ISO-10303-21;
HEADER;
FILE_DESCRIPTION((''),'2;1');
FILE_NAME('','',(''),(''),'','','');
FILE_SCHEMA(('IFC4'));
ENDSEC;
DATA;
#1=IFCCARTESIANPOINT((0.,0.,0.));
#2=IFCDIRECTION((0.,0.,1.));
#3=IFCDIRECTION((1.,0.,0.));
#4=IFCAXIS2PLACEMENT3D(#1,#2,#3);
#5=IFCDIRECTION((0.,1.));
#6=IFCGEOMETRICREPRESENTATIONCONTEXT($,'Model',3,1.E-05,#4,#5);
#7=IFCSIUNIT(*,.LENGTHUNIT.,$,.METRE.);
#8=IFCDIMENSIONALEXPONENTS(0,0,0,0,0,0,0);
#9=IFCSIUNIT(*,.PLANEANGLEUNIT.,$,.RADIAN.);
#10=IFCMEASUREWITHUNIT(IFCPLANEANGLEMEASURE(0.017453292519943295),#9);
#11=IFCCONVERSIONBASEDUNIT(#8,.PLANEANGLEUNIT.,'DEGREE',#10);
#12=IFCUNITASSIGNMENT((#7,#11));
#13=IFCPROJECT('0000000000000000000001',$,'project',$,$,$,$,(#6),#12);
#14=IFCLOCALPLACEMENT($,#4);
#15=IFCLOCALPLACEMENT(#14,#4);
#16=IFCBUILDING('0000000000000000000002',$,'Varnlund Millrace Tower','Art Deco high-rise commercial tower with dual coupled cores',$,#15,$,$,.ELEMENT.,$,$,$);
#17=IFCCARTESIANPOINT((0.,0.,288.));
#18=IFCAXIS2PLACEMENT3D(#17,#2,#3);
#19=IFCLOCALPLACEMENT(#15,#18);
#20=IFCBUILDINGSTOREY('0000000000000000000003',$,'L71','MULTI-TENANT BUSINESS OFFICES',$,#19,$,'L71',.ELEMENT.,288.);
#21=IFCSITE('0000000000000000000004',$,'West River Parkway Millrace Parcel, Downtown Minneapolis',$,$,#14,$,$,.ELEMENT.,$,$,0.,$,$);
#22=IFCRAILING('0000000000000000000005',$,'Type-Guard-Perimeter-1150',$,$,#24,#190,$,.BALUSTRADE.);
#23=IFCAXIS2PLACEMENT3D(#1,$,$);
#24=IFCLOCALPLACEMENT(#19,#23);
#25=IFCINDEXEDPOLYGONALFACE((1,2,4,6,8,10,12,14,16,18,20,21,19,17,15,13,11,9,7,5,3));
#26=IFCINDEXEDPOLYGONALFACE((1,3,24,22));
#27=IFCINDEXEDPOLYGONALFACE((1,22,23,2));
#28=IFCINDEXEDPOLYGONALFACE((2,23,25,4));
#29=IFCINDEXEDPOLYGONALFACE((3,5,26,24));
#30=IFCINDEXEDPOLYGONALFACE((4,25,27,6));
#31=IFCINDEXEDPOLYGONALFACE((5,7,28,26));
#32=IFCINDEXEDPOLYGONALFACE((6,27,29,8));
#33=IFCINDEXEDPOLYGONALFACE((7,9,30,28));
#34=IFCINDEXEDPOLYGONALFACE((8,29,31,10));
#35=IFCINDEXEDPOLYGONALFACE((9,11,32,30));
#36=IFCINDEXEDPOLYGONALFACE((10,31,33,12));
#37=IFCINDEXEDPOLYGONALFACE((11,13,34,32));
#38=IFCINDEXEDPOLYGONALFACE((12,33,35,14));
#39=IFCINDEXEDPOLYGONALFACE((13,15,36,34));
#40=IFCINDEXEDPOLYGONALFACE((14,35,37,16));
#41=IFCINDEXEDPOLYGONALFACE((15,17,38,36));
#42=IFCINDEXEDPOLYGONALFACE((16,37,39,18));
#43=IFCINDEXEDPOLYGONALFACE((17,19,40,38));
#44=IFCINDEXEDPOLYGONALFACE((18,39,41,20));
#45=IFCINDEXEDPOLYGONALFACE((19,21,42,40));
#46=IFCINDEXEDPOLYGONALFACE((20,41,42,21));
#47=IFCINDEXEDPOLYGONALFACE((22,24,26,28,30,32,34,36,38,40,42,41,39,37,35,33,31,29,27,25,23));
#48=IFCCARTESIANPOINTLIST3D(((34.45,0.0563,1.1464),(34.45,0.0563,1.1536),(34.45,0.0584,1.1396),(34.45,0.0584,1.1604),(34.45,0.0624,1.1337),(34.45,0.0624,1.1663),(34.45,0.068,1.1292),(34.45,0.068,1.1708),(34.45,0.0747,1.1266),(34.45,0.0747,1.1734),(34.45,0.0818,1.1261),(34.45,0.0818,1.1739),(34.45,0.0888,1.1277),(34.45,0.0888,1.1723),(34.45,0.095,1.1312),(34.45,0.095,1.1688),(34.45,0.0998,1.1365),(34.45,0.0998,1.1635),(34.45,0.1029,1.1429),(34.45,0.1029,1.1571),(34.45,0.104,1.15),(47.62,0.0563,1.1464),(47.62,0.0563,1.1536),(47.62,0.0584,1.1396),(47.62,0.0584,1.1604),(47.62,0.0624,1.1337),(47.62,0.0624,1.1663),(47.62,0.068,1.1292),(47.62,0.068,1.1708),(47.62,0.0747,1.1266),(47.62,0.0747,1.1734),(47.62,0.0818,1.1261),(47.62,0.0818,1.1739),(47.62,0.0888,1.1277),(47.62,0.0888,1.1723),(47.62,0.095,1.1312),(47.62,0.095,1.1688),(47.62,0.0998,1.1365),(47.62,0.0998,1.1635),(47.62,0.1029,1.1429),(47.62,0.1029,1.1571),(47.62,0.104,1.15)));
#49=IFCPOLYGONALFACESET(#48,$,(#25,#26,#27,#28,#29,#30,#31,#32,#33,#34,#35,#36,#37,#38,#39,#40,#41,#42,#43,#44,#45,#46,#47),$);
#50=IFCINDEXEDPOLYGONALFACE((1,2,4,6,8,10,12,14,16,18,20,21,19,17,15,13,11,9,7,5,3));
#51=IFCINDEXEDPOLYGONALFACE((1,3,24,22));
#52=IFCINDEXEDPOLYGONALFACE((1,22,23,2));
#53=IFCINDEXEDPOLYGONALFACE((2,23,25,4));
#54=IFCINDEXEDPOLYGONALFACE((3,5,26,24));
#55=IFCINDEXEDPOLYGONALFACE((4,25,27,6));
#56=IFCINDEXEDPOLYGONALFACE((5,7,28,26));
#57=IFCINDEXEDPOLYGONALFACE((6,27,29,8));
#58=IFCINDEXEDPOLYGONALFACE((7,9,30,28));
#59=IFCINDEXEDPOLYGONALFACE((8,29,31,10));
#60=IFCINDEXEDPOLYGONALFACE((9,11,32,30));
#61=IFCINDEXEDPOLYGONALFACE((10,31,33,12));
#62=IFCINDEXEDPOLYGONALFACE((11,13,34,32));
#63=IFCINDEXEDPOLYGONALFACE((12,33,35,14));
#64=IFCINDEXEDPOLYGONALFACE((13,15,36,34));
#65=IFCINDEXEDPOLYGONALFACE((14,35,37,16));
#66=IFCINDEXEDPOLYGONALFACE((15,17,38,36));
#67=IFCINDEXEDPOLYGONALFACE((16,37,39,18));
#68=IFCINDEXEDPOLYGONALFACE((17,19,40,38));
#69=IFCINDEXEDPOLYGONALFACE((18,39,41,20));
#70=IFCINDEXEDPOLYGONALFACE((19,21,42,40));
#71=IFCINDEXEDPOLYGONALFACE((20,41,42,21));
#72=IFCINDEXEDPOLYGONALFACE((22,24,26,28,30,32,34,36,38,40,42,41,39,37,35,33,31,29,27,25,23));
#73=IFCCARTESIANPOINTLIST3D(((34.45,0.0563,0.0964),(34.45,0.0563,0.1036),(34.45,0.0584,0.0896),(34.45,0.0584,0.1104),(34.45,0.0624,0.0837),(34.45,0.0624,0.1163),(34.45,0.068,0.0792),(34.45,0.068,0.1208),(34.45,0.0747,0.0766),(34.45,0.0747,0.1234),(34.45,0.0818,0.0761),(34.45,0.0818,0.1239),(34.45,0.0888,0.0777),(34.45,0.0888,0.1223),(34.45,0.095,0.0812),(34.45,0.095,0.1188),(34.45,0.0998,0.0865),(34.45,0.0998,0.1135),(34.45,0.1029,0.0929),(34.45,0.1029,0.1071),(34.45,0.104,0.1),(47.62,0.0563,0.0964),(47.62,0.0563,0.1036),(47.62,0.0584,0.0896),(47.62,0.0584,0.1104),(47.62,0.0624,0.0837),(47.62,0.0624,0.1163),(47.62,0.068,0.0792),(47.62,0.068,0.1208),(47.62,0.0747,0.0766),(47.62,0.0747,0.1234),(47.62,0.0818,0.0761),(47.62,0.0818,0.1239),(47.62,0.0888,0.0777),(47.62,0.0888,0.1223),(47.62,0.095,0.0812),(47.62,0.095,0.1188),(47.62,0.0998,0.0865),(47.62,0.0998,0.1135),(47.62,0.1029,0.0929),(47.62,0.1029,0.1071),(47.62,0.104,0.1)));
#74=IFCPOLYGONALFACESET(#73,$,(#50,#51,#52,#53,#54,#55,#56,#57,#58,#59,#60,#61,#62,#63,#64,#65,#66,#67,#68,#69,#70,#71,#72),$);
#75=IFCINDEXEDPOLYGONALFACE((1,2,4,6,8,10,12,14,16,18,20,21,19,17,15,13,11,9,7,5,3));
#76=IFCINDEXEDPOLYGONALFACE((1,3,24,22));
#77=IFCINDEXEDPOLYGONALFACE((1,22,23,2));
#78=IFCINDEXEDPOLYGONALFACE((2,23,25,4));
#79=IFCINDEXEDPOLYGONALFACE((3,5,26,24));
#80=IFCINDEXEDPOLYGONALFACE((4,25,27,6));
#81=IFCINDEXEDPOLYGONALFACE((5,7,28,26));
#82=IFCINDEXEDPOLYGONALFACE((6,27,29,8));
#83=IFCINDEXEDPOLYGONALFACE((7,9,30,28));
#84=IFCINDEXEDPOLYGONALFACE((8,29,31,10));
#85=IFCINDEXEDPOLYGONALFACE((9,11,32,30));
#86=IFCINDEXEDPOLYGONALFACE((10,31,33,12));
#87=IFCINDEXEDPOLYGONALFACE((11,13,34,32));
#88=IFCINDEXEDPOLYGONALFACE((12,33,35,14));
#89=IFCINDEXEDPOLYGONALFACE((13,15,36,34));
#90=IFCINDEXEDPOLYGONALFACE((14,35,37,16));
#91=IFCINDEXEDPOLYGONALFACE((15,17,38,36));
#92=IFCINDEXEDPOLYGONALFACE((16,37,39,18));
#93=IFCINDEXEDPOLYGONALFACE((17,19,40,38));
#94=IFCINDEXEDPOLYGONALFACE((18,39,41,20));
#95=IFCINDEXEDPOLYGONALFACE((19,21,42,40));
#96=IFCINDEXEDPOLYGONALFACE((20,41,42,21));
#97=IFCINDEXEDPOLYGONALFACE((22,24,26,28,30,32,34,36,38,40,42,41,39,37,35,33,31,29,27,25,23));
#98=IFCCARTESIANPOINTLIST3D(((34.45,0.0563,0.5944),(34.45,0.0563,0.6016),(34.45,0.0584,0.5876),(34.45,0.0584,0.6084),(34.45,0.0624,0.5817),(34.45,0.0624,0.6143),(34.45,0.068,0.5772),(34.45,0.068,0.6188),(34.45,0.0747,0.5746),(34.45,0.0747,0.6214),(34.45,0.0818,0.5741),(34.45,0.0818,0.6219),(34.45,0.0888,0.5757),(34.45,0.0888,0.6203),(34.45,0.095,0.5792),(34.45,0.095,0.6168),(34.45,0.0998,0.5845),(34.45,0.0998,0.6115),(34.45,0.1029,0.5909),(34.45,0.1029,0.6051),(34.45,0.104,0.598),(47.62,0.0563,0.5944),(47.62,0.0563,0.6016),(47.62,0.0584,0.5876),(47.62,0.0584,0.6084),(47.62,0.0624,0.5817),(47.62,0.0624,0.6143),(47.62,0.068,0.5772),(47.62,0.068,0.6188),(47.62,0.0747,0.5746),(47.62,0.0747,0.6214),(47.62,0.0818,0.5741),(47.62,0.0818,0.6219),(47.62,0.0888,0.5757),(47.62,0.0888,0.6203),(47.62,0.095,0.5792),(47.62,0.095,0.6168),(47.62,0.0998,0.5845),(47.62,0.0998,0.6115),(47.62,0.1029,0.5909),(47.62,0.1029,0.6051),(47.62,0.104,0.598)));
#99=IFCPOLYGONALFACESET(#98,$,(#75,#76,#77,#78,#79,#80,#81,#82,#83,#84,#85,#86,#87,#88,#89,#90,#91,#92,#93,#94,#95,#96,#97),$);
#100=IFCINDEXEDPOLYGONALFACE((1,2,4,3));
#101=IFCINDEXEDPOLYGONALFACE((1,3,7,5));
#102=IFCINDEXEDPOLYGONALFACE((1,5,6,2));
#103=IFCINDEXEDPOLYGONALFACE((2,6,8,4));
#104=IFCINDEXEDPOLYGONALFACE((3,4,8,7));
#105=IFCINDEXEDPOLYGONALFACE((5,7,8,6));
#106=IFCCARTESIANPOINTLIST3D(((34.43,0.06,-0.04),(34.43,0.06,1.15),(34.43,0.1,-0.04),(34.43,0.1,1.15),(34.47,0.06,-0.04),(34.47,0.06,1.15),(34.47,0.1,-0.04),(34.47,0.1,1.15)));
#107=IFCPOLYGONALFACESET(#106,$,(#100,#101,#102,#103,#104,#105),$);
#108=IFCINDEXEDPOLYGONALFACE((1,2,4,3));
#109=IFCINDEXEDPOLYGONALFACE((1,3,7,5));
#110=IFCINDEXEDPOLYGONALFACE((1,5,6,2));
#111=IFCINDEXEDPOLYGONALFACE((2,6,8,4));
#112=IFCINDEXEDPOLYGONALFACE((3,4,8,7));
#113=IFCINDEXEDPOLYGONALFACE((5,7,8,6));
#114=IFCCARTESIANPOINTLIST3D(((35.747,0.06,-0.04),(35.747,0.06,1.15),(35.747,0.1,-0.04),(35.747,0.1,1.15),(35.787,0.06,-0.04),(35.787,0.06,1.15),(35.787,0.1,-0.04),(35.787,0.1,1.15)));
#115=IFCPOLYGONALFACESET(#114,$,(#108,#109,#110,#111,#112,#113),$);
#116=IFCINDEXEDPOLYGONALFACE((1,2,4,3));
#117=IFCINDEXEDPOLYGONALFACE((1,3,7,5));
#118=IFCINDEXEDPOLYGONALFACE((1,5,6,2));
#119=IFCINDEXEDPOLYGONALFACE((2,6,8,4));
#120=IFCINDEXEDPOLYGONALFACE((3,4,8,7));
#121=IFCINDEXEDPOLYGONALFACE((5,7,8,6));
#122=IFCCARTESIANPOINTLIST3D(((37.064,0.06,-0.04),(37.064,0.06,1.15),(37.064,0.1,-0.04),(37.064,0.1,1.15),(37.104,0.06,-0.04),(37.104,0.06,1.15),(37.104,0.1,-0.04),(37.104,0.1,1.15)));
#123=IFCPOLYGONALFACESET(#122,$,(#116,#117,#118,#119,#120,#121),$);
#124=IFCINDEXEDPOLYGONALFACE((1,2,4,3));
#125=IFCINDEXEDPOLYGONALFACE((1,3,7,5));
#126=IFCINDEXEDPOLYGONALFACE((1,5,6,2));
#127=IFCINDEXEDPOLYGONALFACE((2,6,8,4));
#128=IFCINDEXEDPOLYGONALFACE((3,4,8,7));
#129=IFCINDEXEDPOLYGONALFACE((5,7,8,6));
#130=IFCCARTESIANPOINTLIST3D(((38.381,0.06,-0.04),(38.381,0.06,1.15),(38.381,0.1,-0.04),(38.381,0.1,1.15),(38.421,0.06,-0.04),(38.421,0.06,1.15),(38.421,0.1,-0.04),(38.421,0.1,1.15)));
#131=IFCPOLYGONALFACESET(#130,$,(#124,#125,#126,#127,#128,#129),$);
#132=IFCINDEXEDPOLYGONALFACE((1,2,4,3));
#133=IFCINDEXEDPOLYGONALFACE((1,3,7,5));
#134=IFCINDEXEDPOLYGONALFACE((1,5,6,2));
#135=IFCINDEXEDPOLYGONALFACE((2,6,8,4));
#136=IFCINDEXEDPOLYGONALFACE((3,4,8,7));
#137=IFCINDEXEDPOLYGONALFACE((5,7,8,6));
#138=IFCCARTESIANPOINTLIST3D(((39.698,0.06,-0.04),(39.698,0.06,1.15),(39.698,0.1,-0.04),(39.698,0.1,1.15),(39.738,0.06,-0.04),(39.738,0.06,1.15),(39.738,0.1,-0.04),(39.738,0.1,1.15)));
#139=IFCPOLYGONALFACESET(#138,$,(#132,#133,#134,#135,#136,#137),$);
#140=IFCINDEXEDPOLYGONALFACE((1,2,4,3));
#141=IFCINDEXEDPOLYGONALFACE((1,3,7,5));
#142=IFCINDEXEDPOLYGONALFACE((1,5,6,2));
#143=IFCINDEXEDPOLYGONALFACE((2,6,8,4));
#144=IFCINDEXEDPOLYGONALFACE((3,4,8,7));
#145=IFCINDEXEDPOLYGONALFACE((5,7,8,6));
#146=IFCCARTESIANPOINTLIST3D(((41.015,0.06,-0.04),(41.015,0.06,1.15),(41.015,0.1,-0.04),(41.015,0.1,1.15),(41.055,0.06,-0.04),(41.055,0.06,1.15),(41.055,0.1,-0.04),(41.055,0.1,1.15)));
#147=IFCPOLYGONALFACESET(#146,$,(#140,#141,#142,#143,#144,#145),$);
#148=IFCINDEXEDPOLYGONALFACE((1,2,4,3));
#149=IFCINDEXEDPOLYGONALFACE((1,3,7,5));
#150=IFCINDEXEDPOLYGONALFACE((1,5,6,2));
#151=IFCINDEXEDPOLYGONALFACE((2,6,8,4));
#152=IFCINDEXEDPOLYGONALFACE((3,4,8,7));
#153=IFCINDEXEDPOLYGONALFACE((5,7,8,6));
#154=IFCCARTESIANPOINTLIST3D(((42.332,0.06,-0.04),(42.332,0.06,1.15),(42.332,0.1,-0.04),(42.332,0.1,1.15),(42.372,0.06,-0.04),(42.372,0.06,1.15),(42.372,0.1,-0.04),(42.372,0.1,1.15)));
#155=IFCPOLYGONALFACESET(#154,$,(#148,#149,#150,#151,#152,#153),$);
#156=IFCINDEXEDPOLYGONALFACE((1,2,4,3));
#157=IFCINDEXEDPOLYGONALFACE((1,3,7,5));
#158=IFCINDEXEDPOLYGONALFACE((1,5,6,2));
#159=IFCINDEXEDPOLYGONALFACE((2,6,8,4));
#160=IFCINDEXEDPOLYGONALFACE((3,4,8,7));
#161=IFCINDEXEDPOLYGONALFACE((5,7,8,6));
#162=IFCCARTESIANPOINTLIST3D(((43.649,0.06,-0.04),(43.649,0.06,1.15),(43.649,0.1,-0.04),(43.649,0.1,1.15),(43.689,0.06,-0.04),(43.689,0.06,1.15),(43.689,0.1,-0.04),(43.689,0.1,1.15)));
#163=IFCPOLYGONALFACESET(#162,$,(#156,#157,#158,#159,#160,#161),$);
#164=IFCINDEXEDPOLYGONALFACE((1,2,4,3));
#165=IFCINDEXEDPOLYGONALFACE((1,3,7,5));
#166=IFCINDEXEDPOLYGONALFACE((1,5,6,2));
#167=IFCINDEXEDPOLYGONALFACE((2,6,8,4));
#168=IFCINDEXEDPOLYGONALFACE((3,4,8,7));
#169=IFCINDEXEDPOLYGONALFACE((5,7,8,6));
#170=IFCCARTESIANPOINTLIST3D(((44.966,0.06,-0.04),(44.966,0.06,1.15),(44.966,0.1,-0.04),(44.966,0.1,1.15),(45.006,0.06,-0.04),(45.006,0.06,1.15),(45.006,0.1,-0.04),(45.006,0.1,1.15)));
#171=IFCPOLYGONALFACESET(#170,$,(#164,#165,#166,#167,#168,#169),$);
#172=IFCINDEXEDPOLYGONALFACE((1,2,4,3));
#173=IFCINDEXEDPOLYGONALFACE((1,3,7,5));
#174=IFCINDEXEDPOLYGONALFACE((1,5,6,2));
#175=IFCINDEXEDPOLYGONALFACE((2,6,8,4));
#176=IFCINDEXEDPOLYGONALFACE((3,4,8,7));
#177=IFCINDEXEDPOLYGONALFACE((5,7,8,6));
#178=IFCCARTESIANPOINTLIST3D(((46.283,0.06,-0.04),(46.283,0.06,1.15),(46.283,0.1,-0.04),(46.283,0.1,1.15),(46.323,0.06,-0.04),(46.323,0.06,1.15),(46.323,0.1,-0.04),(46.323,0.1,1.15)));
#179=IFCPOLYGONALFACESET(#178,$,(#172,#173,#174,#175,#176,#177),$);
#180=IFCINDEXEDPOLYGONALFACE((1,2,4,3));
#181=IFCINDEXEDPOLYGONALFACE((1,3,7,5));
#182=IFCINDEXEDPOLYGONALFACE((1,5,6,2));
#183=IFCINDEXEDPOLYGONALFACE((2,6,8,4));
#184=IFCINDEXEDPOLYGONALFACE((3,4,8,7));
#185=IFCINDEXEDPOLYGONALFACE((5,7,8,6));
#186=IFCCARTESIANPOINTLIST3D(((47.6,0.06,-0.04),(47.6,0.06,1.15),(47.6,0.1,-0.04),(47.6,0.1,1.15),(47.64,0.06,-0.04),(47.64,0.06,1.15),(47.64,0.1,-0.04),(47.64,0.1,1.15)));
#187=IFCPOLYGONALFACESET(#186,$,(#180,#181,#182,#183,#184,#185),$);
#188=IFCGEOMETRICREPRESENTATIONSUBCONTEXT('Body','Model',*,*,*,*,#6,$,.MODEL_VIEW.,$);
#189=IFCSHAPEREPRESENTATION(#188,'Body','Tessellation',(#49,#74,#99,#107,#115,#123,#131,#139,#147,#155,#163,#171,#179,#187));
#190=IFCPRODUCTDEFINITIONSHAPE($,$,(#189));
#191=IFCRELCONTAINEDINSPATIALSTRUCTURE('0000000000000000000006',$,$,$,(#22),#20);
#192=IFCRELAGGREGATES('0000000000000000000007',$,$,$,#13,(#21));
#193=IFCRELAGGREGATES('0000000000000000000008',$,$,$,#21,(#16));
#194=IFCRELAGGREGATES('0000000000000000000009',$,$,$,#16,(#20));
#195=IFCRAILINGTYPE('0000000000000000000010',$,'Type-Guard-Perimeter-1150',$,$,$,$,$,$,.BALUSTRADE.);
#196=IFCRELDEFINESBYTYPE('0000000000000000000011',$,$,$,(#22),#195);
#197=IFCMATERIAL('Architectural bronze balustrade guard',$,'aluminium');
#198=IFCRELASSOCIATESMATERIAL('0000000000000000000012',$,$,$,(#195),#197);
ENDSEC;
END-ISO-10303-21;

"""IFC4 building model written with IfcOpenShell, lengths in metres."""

from ifc_helpers import new_model, entity, si_unit, converted_unit, direction, frame, origin_with_axes, origin_2d_with_axis, place, context, subcontext, project, spatial, rectangle, circle, extrude, material, type_object, element, save


model = new_model("IFC4")

# Units and contexts
model_context = context("Model", 3, precision=1e-05, world=origin_with_axes(), true_north=direction((0.0, 1.0)))
body_context = subcontext(model_context, "Body", "Model", "MODEL_VIEW")
ifc_project = project(units=[si_unit("LENGTHUNIT", "METRE"), converted_unit("PLANEANGLEUNIT", "DEGREE", entity("IfcPlaneAngleMeasure", 0.017453292519943295), si_unit("PLANEANGLEUNIT", "RADIAN"), dimensions=[0, 0, 0, 0, 0, 0, 0])], contexts=[model_context])

# Site, building, storey
site_placement = place(None, origin_with_axes())
site = spatial("IfcSite", under=ifc_project, at=site_placement, Name="West River Parkway Millrace Parcel, Downtown Minneapolis", CompositionType="ELEMENT", RefElevation=0.0)
building_placement = place(site_placement, origin_with_axes())
building = spatial("IfcBuilding", under=site, at=building_placement, Name="Varnlund Millrace Tower", Description="Art Deco high-rise commercial tower with dual coupled cores", CompositionType="ELEMENT")
storey_placement = place(building_placement, frame((0.0, 0.0, 288.0), z_axis=(0.0, 0.0, 1.0), x_axis=(1.0, 0.0, 0.0)))
storey = spatial("IfcBuildingStorey", under=building, at=storey_placement, Name="L71", Description="MULTI-TENANT BUSINESS OFFICES", LongName="L71", CompositionType="ELEMENT", Elevation=288.0)

# Railing
ifc_material_1 = material(Name="Architectural bronze balustrade guard", Category="aluminium")
railing_type_1 = type_object("IfcRailingType", Name="Type-Guard-Perimeter-1150", PredefinedType="BALUSTRADE", material=ifc_material_1)
railing_1_placement = place(storey_placement, frame((0.0, 0.0, -288.0), z_axis=(0.0, 0.0, 1.0), x_axis=(1.0, 0.0, 0.0)))
element("IfcRailing", 1, at=railing_1_placement, inside=storey, type_object=railing_type_1, Name="Type-Guard-Perimeter-1150", PredefinedType="BALUSTRADE", context=body_context, shape_type="SweptSolid", body=[
    extrude(circle(Radius=0.024, at=origin_2d_with_axis()), frame((34.45, 0.08, 289.15), z_axis=(1.0, 0.0, 0.0), x_axis=(0.0, 1.0, 0.0)), (0.0, 0.0, 1.0), 13.17),
    extrude(circle(Radius=0.024, at=origin_2d_with_axis()), frame((34.45, 0.08, 288.1), z_axis=(1.0, 0.0, 0.0), x_axis=(0.0, 1.0, 0.0)), (0.0, 0.0, 1.0), 13.17),
    extrude(circle(Radius=0.024, at=origin_2d_with_axis()), frame((34.45, 0.08, 288.598), z_axis=(1.0, 0.0, 0.0), x_axis=(0.0, 1.0, 0.0)), (0.0, 0.0, 1.0), 13.17),
    extrude(rectangle(XDim=0.04, YDim=0.04, at=origin_2d_with_axis()), frame((34.45, 0.08, 287.96), z_axis=(0.0, 0.0, 1.0), x_axis=(1.0, 0.0, 0.0)), (0.0, 0.0, 1.0), 1.19),
    extrude(rectangle(XDim=0.04, YDim=0.04, at=origin_2d_with_axis()), frame((35.767, 0.08, 287.96), z_axis=(0.0, 0.0, 1.0), x_axis=(1.0, 0.0, 0.0)), (0.0, 0.0, 1.0), 1.19),
    extrude(rectangle(XDim=0.04, YDim=0.04, at=origin_2d_with_axis()), frame((37.084, 0.08, 287.96), z_axis=(0.0, 0.0, 1.0), x_axis=(1.0, 0.0, 0.0)), (0.0, 0.0, 1.0), 1.19),
    extrude(rectangle(XDim=0.04, YDim=0.04, at=origin_2d_with_axis()), frame((38.401, 0.08, 287.96), z_axis=(0.0, 0.0, 1.0), x_axis=(1.0, 0.0, 0.0)), (0.0, 0.0, 1.0), 1.19),
    extrude(rectangle(XDim=0.04, YDim=0.04, at=origin_2d_with_axis()), frame((39.718, 0.08, 287.96), z_axis=(0.0, 0.0, 1.0), x_axis=(1.0, 0.0, 0.0)), (0.0, 0.0, 1.0), 1.19),
    extrude(rectangle(XDim=0.04, YDim=0.04, at=origin_2d_with_axis()), frame((41.035, 0.08, 287.96), z_axis=(0.0, 0.0, 1.0), x_axis=(1.0, 0.0, 0.0)), (0.0, 0.0, 1.0), 1.19),
    extrude(rectangle(XDim=0.04, YDim=0.04, at=origin_2d_with_axis()), frame((42.352, 0.08, 287.96), z_axis=(0.0, 0.0, 1.0), x_axis=(1.0, 0.0, 0.0)), (0.0, 0.0, 1.0), 1.19),
    extrude(rectangle(XDim=0.04, YDim=0.04, at=origin_2d_with_axis()), frame((43.669, 0.08, 287.96), z_axis=(0.0, 0.0, 1.0), x_axis=(1.0, 0.0, 0.0)), (0.0, 0.0, 1.0), 1.19),
    extrude(rectangle(XDim=0.04, YDim=0.04, at=origin_2d_with_axis()), frame((44.986, 0.08, 287.96), z_axis=(0.0, 0.0, 1.0), x_axis=(1.0, 0.0, 0.0)), (0.0, 0.0, 1.0), 1.19),
    extrude(rectangle(XDim=0.04, YDim=0.04, at=origin_2d_with_axis()), frame((46.303, 0.08, 287.96), z_axis=(0.0, 0.0, 1.0), x_axis=(1.0, 0.0, 0.0)), (0.0, 0.0, 1.0), 1.19),
    extrude(rectangle(XDim=0.04, YDim=0.04, at=origin_2d_with_axis()), frame((47.62, 0.08, 287.96), z_axis=(0.0, 0.0, 1.0), x_axis=(1.0, 0.0, 0.0)), (0.0, 0.0, 1.0), 1.19),
])

save(model, "model.ifc")
